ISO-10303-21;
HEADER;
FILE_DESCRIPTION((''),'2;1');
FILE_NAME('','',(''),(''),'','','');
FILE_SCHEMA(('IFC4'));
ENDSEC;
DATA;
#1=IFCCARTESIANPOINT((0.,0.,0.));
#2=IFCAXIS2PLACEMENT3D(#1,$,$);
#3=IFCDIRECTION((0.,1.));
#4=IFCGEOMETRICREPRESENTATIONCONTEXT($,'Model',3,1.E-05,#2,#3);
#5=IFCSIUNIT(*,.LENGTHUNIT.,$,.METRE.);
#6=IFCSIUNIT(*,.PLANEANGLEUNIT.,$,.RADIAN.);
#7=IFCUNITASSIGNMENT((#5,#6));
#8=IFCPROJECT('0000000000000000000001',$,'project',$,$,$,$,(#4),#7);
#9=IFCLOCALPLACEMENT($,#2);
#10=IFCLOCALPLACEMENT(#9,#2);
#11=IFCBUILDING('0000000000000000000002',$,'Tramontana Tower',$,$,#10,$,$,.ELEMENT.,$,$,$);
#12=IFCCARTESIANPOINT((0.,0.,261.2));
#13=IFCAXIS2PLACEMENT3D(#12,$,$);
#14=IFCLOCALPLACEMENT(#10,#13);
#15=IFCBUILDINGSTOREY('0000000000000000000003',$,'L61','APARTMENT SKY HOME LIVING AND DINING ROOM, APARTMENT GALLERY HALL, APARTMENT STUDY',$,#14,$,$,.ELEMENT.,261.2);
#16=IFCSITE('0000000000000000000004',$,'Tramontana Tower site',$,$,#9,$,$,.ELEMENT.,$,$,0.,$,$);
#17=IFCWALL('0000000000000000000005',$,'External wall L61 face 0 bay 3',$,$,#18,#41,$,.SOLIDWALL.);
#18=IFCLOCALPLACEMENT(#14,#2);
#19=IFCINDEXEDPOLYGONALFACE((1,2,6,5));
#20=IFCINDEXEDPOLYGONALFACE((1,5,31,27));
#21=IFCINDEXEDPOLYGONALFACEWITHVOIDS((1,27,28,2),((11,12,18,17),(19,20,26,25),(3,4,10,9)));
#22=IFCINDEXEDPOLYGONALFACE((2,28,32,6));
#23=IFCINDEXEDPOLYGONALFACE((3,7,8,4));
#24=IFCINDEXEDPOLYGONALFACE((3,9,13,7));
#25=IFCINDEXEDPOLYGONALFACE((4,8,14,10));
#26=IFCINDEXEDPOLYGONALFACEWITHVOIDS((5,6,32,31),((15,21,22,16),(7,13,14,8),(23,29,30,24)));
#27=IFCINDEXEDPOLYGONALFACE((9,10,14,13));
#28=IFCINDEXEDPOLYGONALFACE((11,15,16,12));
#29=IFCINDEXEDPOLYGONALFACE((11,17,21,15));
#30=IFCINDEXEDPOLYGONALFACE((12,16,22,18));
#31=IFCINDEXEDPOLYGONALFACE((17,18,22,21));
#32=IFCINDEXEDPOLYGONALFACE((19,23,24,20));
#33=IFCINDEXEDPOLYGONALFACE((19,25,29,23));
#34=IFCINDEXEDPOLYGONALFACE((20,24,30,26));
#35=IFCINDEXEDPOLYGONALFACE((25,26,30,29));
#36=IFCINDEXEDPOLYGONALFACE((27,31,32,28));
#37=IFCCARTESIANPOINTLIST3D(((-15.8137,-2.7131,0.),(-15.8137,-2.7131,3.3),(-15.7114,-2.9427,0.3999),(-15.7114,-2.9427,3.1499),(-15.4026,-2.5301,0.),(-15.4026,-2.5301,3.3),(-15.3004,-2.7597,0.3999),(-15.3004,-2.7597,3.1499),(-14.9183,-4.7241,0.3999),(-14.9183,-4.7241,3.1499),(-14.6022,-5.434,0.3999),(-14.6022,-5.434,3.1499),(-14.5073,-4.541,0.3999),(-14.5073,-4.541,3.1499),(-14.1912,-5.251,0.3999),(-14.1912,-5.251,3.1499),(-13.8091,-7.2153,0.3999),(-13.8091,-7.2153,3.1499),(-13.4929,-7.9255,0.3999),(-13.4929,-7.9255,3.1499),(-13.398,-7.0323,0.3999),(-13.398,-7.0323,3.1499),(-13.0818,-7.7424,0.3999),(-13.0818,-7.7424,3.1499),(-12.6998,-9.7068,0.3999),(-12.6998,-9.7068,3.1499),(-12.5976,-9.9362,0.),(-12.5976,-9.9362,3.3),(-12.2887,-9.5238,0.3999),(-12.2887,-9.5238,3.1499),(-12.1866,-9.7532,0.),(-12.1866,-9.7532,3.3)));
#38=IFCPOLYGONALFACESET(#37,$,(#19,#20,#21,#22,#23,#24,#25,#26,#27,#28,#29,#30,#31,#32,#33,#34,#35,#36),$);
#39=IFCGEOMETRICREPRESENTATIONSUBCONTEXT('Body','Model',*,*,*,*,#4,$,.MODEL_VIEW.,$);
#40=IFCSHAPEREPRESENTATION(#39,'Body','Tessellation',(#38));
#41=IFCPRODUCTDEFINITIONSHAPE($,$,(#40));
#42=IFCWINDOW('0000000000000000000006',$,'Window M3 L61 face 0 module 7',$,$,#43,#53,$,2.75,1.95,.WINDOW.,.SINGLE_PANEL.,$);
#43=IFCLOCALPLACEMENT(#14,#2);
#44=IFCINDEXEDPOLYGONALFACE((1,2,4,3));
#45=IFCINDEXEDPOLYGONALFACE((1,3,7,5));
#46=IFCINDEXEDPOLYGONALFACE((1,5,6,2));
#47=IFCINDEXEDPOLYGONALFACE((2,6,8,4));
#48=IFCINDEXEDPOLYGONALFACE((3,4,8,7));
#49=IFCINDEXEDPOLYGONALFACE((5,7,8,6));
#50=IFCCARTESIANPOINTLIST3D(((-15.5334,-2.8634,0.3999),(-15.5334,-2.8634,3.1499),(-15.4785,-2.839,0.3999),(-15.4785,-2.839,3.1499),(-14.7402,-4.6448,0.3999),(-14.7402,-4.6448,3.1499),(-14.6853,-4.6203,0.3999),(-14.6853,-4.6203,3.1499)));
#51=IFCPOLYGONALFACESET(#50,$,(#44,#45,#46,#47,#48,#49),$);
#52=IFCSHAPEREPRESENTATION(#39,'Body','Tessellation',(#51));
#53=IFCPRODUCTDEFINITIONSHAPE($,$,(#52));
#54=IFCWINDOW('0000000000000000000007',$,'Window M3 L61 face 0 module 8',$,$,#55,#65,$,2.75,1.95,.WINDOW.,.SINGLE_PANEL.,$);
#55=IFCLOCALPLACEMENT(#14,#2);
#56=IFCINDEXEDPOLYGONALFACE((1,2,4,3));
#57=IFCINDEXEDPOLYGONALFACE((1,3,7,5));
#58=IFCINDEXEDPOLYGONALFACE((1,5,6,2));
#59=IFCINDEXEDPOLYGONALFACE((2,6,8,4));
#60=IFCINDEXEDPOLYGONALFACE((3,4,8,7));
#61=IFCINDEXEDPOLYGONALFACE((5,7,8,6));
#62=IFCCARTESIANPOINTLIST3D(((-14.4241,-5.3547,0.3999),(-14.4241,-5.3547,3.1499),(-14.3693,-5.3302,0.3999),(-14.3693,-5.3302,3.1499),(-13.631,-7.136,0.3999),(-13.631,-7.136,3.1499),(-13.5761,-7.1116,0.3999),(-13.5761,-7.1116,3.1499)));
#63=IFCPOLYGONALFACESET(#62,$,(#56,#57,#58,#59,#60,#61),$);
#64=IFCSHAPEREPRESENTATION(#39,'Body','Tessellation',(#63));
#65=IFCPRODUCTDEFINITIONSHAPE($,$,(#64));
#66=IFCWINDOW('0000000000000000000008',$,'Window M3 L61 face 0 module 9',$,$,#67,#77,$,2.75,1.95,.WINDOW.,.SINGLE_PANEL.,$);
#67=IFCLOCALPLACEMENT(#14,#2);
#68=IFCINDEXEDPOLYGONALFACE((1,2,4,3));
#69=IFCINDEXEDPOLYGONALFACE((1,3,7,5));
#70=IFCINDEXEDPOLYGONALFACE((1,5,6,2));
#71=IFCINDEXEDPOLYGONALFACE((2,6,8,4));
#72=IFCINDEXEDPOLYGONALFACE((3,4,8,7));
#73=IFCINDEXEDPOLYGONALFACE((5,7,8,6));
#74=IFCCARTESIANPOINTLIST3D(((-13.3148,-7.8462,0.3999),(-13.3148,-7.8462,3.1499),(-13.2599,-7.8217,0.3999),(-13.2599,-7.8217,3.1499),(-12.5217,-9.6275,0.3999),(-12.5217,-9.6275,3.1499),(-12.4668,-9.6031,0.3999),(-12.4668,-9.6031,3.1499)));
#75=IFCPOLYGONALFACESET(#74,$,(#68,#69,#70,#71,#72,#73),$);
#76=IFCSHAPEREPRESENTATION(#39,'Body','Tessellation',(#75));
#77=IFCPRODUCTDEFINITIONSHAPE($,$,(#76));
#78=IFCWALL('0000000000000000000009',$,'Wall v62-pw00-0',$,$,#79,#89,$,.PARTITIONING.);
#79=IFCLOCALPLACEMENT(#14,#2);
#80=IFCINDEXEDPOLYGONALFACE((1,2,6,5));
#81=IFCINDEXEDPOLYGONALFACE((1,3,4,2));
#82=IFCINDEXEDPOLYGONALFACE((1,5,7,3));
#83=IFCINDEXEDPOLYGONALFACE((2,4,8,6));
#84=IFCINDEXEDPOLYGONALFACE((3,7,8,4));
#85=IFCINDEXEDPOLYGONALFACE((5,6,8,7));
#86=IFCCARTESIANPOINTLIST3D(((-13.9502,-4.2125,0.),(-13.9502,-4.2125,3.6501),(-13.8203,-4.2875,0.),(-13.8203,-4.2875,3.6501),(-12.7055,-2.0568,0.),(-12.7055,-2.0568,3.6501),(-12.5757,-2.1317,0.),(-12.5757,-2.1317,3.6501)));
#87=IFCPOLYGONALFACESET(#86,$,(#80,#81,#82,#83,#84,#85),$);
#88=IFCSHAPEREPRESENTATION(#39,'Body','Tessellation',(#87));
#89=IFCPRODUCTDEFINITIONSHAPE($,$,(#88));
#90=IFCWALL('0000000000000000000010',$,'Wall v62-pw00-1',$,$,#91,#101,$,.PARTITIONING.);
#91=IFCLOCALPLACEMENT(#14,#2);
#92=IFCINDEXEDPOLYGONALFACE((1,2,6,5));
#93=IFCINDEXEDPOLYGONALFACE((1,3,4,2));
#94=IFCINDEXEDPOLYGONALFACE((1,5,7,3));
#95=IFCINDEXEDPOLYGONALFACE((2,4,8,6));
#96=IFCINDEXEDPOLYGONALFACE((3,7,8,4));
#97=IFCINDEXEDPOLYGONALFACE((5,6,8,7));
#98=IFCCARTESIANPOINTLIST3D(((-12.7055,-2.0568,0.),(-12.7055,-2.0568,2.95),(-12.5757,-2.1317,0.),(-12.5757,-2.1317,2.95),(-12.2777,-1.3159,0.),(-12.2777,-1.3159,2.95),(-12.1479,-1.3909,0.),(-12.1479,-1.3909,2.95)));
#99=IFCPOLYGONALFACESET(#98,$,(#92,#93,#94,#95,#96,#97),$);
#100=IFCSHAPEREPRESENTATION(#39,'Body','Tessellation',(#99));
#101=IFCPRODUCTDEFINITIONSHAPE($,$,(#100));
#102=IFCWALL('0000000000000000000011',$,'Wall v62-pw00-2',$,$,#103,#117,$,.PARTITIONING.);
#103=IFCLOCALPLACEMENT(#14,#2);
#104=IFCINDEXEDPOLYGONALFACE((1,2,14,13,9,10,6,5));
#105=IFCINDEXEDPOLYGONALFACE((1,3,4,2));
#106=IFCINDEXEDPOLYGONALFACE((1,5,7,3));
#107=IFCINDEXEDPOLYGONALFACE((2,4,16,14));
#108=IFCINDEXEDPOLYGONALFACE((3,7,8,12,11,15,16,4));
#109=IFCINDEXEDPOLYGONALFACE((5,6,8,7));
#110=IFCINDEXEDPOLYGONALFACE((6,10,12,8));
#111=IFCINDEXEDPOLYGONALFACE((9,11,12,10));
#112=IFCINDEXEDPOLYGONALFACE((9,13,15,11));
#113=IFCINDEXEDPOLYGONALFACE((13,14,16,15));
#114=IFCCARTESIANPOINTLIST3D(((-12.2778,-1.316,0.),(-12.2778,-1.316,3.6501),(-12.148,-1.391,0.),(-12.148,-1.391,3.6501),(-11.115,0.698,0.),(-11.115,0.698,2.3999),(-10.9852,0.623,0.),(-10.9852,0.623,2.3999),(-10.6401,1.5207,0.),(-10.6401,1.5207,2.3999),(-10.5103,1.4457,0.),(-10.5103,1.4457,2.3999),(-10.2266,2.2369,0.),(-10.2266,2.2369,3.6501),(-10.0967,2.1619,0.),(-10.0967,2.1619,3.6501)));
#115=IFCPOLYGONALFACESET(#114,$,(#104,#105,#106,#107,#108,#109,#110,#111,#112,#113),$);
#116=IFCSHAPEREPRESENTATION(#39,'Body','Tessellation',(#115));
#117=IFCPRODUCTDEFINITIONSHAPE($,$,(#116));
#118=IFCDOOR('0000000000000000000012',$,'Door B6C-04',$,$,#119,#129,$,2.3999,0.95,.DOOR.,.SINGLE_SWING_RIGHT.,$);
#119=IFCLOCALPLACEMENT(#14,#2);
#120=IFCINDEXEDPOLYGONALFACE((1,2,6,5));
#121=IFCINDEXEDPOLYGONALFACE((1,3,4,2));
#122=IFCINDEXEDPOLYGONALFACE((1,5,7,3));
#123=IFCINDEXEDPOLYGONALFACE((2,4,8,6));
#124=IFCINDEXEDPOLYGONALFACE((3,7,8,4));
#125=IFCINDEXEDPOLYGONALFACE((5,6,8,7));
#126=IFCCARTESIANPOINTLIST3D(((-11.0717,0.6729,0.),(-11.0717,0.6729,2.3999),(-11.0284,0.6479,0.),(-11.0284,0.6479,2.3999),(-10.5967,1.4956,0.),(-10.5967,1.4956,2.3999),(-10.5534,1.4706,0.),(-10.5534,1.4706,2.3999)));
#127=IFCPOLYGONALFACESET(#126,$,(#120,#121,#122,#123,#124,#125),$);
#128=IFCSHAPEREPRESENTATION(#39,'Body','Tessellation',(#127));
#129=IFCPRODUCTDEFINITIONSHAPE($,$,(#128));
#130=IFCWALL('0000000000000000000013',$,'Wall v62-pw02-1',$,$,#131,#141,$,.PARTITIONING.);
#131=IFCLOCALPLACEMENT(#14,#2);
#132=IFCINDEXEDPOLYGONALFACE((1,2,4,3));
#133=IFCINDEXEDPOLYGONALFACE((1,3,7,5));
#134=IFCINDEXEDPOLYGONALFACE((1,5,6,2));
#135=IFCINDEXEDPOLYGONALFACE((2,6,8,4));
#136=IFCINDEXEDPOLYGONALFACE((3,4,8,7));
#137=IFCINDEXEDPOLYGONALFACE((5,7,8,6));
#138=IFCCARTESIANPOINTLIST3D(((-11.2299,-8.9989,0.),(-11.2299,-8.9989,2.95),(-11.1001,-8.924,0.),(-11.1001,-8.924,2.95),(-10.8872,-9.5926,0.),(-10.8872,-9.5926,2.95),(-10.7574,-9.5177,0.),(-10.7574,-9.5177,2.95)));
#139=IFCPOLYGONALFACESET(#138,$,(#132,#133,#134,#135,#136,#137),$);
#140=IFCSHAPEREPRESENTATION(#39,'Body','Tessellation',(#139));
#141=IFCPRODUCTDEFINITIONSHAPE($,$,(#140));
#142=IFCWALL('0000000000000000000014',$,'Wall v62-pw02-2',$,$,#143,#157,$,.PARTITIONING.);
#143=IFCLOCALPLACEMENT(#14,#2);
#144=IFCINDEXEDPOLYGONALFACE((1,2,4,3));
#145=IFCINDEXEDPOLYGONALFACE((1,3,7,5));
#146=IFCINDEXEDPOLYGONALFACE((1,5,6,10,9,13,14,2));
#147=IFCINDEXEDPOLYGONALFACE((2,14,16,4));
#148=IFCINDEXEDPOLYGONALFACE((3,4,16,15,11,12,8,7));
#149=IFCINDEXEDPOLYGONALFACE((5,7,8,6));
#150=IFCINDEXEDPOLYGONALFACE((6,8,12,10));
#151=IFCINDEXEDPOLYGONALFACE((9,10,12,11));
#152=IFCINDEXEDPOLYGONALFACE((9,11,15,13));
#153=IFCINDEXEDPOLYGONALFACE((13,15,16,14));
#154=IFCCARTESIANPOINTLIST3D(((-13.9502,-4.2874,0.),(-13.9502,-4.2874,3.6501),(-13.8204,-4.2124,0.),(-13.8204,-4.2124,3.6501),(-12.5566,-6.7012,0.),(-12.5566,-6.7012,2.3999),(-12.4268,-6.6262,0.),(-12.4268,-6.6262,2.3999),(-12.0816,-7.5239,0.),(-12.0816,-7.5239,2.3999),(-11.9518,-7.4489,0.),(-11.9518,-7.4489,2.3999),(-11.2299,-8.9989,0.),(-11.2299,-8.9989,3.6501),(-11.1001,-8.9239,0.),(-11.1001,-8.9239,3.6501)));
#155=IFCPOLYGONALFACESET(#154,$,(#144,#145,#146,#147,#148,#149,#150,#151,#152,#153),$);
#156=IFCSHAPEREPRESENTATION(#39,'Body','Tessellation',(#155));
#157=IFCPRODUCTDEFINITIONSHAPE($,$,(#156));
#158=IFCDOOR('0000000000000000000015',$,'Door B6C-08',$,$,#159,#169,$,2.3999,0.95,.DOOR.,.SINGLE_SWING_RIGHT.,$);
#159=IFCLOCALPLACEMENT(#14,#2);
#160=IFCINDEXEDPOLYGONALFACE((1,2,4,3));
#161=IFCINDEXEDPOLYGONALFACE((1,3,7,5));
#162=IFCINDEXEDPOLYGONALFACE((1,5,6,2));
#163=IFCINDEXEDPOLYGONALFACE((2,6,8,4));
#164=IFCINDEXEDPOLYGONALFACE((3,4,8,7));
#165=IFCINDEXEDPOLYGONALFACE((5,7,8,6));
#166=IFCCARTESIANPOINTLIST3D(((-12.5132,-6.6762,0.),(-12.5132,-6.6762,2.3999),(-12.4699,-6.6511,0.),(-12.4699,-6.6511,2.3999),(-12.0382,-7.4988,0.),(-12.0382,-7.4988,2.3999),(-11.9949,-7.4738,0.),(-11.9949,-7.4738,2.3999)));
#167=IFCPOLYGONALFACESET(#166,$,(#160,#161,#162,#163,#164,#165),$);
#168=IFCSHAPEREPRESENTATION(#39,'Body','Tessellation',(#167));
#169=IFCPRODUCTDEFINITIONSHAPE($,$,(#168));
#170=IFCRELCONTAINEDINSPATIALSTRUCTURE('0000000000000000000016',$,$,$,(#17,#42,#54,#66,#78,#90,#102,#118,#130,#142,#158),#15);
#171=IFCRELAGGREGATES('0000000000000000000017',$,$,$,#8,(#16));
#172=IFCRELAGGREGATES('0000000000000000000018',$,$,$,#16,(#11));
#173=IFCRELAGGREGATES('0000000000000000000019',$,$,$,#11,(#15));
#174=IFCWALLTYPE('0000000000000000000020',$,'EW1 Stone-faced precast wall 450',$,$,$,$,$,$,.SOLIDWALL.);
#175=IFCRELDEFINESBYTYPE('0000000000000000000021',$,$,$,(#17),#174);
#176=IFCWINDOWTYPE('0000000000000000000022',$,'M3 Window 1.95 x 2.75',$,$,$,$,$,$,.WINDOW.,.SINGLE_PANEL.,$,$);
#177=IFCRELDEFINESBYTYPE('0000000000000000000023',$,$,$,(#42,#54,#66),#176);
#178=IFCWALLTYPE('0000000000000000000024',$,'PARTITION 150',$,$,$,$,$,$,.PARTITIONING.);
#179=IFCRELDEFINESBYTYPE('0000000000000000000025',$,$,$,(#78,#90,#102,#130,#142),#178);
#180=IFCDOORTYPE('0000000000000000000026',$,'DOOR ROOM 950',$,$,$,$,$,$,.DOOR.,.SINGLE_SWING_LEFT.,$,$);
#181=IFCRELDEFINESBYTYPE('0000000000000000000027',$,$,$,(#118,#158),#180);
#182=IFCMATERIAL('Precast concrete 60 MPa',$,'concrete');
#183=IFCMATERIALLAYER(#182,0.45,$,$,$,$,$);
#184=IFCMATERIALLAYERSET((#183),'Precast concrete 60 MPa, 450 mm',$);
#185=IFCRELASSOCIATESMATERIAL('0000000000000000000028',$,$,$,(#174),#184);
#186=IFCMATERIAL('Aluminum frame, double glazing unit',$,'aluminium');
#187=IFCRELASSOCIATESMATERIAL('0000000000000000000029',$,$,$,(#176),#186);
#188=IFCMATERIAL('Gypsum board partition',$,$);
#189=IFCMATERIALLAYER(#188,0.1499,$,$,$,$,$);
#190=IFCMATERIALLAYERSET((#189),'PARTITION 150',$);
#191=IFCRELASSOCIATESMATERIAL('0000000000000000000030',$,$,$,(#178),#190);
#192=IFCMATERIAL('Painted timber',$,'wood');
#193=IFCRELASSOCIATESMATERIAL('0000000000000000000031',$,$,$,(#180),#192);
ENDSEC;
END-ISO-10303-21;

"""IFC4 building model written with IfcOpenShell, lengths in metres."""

from ifc_helpers import new_model, si_unit, direction, frame, frame_2d, origin, place, context, subcontext, project, spatial, rectangle, extrude, material, layer, layer_set, type_object, element, fill, save


model = new_model("IFC4")

# Units and contexts
model_context = context("Model", 3, precision=1e-05, world=origin(), true_north=direction((0.0, 1.0)))
body_context = subcontext(model_context, "Body", "Model", "MODEL_VIEW")
ifc_project = project(units=[si_unit("LENGTHUNIT", "METRE"), si_unit("PLANEANGLEUNIT", "RADIAN")], contexts=[model_context])

# Site, building, storey
site_placement = place(None, origin())
site = spatial("IfcSite", under=ifc_project, at=site_placement, Name="Tramontana Tower site", CompositionType="ELEMENT", RefElevation=0.0)
building_placement = place(site_placement, origin())
building = spatial("IfcBuilding", under=site, at=building_placement, Name="Tramontana Tower", CompositionType="ELEMENT")
storey_placement = place(building_placement, frame((0.0, 0.0, 261.2)))
storey = spatial("IfcBuildingStorey", under=building, at=storey_placement, Name="L61", Description="APARTMENT SKY HOME LIVING AND DINING ROOM, APARTMENT GALLERY HALL, APARTMENT STUDY", CompositionType="ELEMENT", Elevation=261.2)

# Wall, openings, windows
ifc_material_1 = material(Name="Precast concrete 60 MPa", Category="concrete")
ifc_layer_1 = layer(ifc_material_1, 0.45)
ifc_layer_set_1 = layer_set([ifc_layer_1], Name="Precast concrete 60 MPa, 450 mm")
wall_type_1 = type_object("IfcWallType", Name="EW1 Stone-faced precast wall 450", PredefinedType="SOLIDWALL", material=ifc_layer_set_1)
wall_1_placement = place(storey_placement, frame((-15.6082, -2.6216, 0.0), z_axis=(0.0, 0.0, 1.0), x_axis=(0.406749, -0.91354, 0.0)))
wall_1 = element("IfcWall", 1, at=wall_1_placement, inside=storey, type_object=wall_type_1, Name="External wall L61 face 0 bay 3", PredefinedType="SOLIDWALL", context=body_context, shape_type="SweptSolid", body=[
    extrude(rectangle(XDim=7.9067, YDim=0.45, at=frame_2d((3.9534, 0.0))), origin(), (0.0, 0.0, 1.0), 3.3),
])
opening_1_placement = place(wall_1_placement, frame((0.2512, 0.0, 0.3999)))
opening_1 = element("IfcOpeningElement", 2, at=opening_1_placement, cuts=wall_1, PredefinedType="OPENING", context=body_context, shape_type="SweptSolid", body=[
    extrude(rectangle(XDim=1.95, YDim=2.75, at=frame_2d((0.9751, 1.375))), frame((0.0, 0.2349, 0.0), z_axis=(0.0, -1.0, 0.0), x_axis=(1.0, 0.0, 0.0)), (0.0, 0.0, 1.0), 0.47),
])
opening_2_placement = place(wall_1_placement, frame((2.9783, 0.0, 0.3999)))
opening_2 = element("IfcOpeningElement", 3, at=opening_2_placement, cuts=wall_1, PredefinedType="OPENING", context=body_context, shape_type="SweptSolid", body=[
    extrude(rectangle(XDim=1.95, YDim=2.75, at=frame_2d((0.9751, 1.375))), frame((0.0, 0.2349, 0.0), z_axis=(0.0, -1.0, 0.0), x_axis=(1.0, 0.0, 0.0)), (0.0, 0.0, 1.0), 0.47),
])
opening_3_placement = place(wall_1_placement, frame((5.7056, 0.0, 0.3999)))
opening_3 = element("IfcOpeningElement", 4, at=opening_3_placement, cuts=wall_1, PredefinedType="OPENING", context=body_context, shape_type="SweptSolid", body=[
    extrude(rectangle(XDim=1.95, YDim=2.75, at=frame_2d((0.9751, 1.375))), frame((0.0, 0.2349, 0.0), z_axis=(0.0, -1.0, 0.0), x_axis=(1.0, 0.0, 0.0)), (0.0, 0.0, 1.0), 0.47),
])
ifc_material_2 = material(Name="Aluminum frame, double glazing unit", Category="aluminium")
window_type = type_object("IfcWindowType", Name="M3 Window 1.95 x 2.75", PartitioningType="SINGLE_PANEL", PredefinedType="WINDOW", material=ifc_material_2)
window_1_placement = place(opening_1_placement, origin())
window_1 = element("IfcWindow", 5, at=window_1_placement, inside=storey, type_object=window_type, Name="Window M3 L61 face 0 module 7", OverallHeight=2.75, OverallWidth=1.95, PartitioningType="SINGLE_PANEL", PredefinedType="WINDOW", context=body_context, shape_type="SweptSolid", body=[
    extrude(rectangle(XDim=1.95, YDim=2.75, at=frame_2d((0.9751, 1.375))), frame((0.0, 0.03, 0.0), z_axis=(0.0, -1.0, 0.0), x_axis=(1.0, 0.0, 0.0)), (0.0, 0.0, 1.0), 0.0601),
])
fill(opening_1, window_1)
window_2_placement = place(opening_2_placement, origin())
window_2 = element("IfcWindow", 6, at=window_2_placement, inside=storey, type_object=window_type, Name="Window M3 L61 face 0 module 8", OverallHeight=2.75, OverallWidth=1.95, PartitioningType="SINGLE_PANEL", PredefinedType="WINDOW", context=body_context, shape_type="SweptSolid", body=[
    extrude(rectangle(XDim=1.95, YDim=2.75, at=frame_2d((0.9751, 1.375))), frame((0.0, 0.03, 0.0), z_axis=(0.0, -1.0, 0.0), x_axis=(1.0, 0.0, 0.0)), (0.0, 0.0, 1.0), 0.0601),
])
fill(opening_2, window_2)
window_3_placement = place(opening_3_placement, origin())
window_3 = element("IfcWindow", 7, at=window_3_placement, inside=storey, type_object=window_type, Name="Window M3 L61 face 0 module 9", OverallHeight=2.75, OverallWidth=1.95, PartitioningType="SINGLE_PANEL", PredefinedType="WINDOW", context=body_context, shape_type="SweptSolid", body=[
    extrude(rectangle(XDim=1.95, YDim=2.75, at=frame_2d((0.9751, 1.375))), frame((0.0, 0.03, 0.0), z_axis=(0.0, -1.0, 0.0), x_axis=(1.0, 0.0, 0.0)), (0.0, 0.0, 1.0), 0.0601),
])
fill(opening_3, window_3)

# Walls
ifc_material_3 = material(Name="Gypsum board partition")
ifc_layer_2 = layer(ifc_material_3, 0.1499)
ifc_layer_set_2 = layer_set([ifc_layer_2], Name="PARTITION 150")
wall_type_2 = type_object("IfcWallType", Name="PARTITION 150", PredefinedType="PARTITIONING", material=ifc_layer_set_2)
wall_2_placement = place(storey_placement, frame((-13.8853, -4.25, 0.0), z_axis=(0.0, 0.0, 1.0), x_axis=(0.5, 0.866026, 0.0)))
element("IfcWall", 8, at=wall_2_placement, inside=storey, type_object=wall_type_2, Name="Wall v62-pw00-0", PredefinedType="PARTITIONING", context=body_context, shape_type="SweptSolid", body=[
    extrude(rectangle(XDim=2.4893, YDim=0.1499, at=frame_2d((1.2446, 0.0))), origin(), (0.0, 0.0, 1.0), 3.6501),
])
wall_3_placement = place(storey_placement, frame((-12.6406, -2.0942, 0.0), z_axis=(0.0, 0.0, 1.0), x_axis=(0.500068, 0.865986, 0.0)))
element("IfcWall", 9, at=wall_3_placement, inside=storey, type_object=wall_type_2, Name="Wall v62-pw00-1", PredefinedType="PARTITIONING", context=body_context, shape_type="SweptSolid", body=[
    extrude(rectangle(XDim=0.8555, YDim=0.1499, at=frame_2d((0.4277, 0.0))), origin(), (0.0, 0.0, 1.0), 2.95),
])

# Wall, opening, door
wall_4_placement = place(storey_placement, frame((-12.2129, -1.3535, 0.0), z_axis=(0.0, 0.0, 1.0), x_axis=(0.499992, 0.86603, 0.0)))
wall_4 = element("IfcWall", 10, at=wall_4_placement, inside=storey, type_object=wall_type_2, Name="Wall v62-pw00-2", PredefinedType="PARTITIONING", context=body_context, shape_type="SweptSolid", body=[
    extrude(rectangle(XDim=4.1025, YDim=0.1499, at=frame_2d((2.0513, 0.0))), origin(), (0.0, 0.0, 1.0), 3.6501),
])
opening_4_placement = place(wall_4_placement, frame((2.3254, 0.0, 0.0)))
opening_4 = element("IfcOpeningElement", 11, at=opening_4_placement, cuts=wall_4, PredefinedType="OPENING", context=body_context, shape_type="SweptSolid", body=[
    extrude(rectangle(XDim=0.95, YDim=2.3999, at=frame_2d((0.4751, 1.2))), frame((0.0, 0.085, 0.0), z_axis=(0.0, -1.0, 0.0), x_axis=(1.0, 0.0, 0.0)), (0.0, 0.0, 1.0), 0.1699),
])
ifc_material_4 = material(Name="Painted timber", Category="wood")
door_type_1 = type_object("IfcDoorType", Name="DOOR ROOM 950", OperationType="SINGLE_SWING_LEFT", PredefinedType="DOOR", material=ifc_material_4)
door_1_placement = place(opening_4_placement, origin())
door_1 = element("IfcDoor", 12, at=door_1_placement, inside=storey, type_object=door_type_1, Name="Door B6C-04", OperationType="SINGLE_SWING_RIGHT", OverallHeight=2.3999, OverallWidth=0.95, PredefinedType="DOOR", context=body_context, shape_type="SweptSolid", body=[
    extrude(rectangle(XDim=0.95, YDim=2.3999, at=frame_2d((0.4751, 1.2))), frame((0.0, 0.0249, 0.0), z_axis=(0.0, -1.0, 0.0), x_axis=(1.0, 0.0, 0.0)), (0.0, 0.0, 1.0), 0.05),
])
fill(opening_4, door_1)

# Wall
wall_5_placement = place(storey_placement, frame((-10.8223, -9.5552, 0.0), z_axis=(0.0, 0.0, 1.0), x_axis=(-0.499969, 0.866043, 0.0)))
element("IfcWall", 13, at=wall_5_placement, inside=storey, type_object=wall_type_2, Name="Wall v62-pw02-1", PredefinedType="PARTITIONING", context=body_context, shape_type="SweptSolid", body=[
    extrude(rectangle(XDim=0.6855, YDim=0.1499, at=frame_2d((0.3428, 0.0))), origin(), (0.0, 0.0, 1.0), 2.95),
])

# Wall, opening, door
wall_6_placement = place(storey_placement, frame((-11.165, -8.9614, 0.0), z_axis=(0.0, 0.0, 1.0), x_axis=(-0.50001, 0.86602, 0.0)))
wall_6 = element("IfcWall", 14, at=wall_6_placement, inside=storey, type_object=wall_type_2, Name="Wall v62-pw02-2", PredefinedType="PARTITIONING", context=body_context, shape_type="SweptSolid", body=[
    extrude(rectangle(XDim=5.4404, YDim=0.1499, at=frame_2d((2.7202, 0.0))), origin(), (0.0, 0.0, 1.0), 3.6501),
])
opening_5_placement = place(wall_6_placement, frame((1.7031, 0.0, 0.0)))
opening_5 = element("IfcOpeningElement", 15, at=opening_5_placement, cuts=wall_6, PredefinedType="OPENING", context=body_context, shape_type="SweptSolid", body=[
    extrude(rectangle(XDim=0.95, YDim=2.3999, at=frame_2d((0.4751, 1.2))), frame((0.0, 0.085, 0.0), z_axis=(0.0, -1.0, 0.0), x_axis=(1.0, 0.0, 0.0)), (0.0, 0.0, 1.0), 0.1699),
])
door_2_placement = place(opening_5_placement, origin())
door_2 = element("IfcDoor", 16, at=door_2_placement, inside=storey, type_object=door_type_1, Name="Door B6C-08", OperationType="SINGLE_SWING_RIGHT", OverallHeight=2.3999, OverallWidth=0.95, PredefinedType="DOOR", context=body_context, shape_type="SweptSolid", body=[
    extrude(rectangle(XDim=0.95, YDim=2.3999, at=frame_2d((0.4751, 1.2))), frame((0.0, 0.0249, 0.0), z_axis=(0.0, -1.0, 0.0), x_axis=(1.0, 0.0, 0.0)), (0.0, 0.0, 1.0), 0.05),
])
fill(opening_5, door_2)

save(model, "model.ifc")
